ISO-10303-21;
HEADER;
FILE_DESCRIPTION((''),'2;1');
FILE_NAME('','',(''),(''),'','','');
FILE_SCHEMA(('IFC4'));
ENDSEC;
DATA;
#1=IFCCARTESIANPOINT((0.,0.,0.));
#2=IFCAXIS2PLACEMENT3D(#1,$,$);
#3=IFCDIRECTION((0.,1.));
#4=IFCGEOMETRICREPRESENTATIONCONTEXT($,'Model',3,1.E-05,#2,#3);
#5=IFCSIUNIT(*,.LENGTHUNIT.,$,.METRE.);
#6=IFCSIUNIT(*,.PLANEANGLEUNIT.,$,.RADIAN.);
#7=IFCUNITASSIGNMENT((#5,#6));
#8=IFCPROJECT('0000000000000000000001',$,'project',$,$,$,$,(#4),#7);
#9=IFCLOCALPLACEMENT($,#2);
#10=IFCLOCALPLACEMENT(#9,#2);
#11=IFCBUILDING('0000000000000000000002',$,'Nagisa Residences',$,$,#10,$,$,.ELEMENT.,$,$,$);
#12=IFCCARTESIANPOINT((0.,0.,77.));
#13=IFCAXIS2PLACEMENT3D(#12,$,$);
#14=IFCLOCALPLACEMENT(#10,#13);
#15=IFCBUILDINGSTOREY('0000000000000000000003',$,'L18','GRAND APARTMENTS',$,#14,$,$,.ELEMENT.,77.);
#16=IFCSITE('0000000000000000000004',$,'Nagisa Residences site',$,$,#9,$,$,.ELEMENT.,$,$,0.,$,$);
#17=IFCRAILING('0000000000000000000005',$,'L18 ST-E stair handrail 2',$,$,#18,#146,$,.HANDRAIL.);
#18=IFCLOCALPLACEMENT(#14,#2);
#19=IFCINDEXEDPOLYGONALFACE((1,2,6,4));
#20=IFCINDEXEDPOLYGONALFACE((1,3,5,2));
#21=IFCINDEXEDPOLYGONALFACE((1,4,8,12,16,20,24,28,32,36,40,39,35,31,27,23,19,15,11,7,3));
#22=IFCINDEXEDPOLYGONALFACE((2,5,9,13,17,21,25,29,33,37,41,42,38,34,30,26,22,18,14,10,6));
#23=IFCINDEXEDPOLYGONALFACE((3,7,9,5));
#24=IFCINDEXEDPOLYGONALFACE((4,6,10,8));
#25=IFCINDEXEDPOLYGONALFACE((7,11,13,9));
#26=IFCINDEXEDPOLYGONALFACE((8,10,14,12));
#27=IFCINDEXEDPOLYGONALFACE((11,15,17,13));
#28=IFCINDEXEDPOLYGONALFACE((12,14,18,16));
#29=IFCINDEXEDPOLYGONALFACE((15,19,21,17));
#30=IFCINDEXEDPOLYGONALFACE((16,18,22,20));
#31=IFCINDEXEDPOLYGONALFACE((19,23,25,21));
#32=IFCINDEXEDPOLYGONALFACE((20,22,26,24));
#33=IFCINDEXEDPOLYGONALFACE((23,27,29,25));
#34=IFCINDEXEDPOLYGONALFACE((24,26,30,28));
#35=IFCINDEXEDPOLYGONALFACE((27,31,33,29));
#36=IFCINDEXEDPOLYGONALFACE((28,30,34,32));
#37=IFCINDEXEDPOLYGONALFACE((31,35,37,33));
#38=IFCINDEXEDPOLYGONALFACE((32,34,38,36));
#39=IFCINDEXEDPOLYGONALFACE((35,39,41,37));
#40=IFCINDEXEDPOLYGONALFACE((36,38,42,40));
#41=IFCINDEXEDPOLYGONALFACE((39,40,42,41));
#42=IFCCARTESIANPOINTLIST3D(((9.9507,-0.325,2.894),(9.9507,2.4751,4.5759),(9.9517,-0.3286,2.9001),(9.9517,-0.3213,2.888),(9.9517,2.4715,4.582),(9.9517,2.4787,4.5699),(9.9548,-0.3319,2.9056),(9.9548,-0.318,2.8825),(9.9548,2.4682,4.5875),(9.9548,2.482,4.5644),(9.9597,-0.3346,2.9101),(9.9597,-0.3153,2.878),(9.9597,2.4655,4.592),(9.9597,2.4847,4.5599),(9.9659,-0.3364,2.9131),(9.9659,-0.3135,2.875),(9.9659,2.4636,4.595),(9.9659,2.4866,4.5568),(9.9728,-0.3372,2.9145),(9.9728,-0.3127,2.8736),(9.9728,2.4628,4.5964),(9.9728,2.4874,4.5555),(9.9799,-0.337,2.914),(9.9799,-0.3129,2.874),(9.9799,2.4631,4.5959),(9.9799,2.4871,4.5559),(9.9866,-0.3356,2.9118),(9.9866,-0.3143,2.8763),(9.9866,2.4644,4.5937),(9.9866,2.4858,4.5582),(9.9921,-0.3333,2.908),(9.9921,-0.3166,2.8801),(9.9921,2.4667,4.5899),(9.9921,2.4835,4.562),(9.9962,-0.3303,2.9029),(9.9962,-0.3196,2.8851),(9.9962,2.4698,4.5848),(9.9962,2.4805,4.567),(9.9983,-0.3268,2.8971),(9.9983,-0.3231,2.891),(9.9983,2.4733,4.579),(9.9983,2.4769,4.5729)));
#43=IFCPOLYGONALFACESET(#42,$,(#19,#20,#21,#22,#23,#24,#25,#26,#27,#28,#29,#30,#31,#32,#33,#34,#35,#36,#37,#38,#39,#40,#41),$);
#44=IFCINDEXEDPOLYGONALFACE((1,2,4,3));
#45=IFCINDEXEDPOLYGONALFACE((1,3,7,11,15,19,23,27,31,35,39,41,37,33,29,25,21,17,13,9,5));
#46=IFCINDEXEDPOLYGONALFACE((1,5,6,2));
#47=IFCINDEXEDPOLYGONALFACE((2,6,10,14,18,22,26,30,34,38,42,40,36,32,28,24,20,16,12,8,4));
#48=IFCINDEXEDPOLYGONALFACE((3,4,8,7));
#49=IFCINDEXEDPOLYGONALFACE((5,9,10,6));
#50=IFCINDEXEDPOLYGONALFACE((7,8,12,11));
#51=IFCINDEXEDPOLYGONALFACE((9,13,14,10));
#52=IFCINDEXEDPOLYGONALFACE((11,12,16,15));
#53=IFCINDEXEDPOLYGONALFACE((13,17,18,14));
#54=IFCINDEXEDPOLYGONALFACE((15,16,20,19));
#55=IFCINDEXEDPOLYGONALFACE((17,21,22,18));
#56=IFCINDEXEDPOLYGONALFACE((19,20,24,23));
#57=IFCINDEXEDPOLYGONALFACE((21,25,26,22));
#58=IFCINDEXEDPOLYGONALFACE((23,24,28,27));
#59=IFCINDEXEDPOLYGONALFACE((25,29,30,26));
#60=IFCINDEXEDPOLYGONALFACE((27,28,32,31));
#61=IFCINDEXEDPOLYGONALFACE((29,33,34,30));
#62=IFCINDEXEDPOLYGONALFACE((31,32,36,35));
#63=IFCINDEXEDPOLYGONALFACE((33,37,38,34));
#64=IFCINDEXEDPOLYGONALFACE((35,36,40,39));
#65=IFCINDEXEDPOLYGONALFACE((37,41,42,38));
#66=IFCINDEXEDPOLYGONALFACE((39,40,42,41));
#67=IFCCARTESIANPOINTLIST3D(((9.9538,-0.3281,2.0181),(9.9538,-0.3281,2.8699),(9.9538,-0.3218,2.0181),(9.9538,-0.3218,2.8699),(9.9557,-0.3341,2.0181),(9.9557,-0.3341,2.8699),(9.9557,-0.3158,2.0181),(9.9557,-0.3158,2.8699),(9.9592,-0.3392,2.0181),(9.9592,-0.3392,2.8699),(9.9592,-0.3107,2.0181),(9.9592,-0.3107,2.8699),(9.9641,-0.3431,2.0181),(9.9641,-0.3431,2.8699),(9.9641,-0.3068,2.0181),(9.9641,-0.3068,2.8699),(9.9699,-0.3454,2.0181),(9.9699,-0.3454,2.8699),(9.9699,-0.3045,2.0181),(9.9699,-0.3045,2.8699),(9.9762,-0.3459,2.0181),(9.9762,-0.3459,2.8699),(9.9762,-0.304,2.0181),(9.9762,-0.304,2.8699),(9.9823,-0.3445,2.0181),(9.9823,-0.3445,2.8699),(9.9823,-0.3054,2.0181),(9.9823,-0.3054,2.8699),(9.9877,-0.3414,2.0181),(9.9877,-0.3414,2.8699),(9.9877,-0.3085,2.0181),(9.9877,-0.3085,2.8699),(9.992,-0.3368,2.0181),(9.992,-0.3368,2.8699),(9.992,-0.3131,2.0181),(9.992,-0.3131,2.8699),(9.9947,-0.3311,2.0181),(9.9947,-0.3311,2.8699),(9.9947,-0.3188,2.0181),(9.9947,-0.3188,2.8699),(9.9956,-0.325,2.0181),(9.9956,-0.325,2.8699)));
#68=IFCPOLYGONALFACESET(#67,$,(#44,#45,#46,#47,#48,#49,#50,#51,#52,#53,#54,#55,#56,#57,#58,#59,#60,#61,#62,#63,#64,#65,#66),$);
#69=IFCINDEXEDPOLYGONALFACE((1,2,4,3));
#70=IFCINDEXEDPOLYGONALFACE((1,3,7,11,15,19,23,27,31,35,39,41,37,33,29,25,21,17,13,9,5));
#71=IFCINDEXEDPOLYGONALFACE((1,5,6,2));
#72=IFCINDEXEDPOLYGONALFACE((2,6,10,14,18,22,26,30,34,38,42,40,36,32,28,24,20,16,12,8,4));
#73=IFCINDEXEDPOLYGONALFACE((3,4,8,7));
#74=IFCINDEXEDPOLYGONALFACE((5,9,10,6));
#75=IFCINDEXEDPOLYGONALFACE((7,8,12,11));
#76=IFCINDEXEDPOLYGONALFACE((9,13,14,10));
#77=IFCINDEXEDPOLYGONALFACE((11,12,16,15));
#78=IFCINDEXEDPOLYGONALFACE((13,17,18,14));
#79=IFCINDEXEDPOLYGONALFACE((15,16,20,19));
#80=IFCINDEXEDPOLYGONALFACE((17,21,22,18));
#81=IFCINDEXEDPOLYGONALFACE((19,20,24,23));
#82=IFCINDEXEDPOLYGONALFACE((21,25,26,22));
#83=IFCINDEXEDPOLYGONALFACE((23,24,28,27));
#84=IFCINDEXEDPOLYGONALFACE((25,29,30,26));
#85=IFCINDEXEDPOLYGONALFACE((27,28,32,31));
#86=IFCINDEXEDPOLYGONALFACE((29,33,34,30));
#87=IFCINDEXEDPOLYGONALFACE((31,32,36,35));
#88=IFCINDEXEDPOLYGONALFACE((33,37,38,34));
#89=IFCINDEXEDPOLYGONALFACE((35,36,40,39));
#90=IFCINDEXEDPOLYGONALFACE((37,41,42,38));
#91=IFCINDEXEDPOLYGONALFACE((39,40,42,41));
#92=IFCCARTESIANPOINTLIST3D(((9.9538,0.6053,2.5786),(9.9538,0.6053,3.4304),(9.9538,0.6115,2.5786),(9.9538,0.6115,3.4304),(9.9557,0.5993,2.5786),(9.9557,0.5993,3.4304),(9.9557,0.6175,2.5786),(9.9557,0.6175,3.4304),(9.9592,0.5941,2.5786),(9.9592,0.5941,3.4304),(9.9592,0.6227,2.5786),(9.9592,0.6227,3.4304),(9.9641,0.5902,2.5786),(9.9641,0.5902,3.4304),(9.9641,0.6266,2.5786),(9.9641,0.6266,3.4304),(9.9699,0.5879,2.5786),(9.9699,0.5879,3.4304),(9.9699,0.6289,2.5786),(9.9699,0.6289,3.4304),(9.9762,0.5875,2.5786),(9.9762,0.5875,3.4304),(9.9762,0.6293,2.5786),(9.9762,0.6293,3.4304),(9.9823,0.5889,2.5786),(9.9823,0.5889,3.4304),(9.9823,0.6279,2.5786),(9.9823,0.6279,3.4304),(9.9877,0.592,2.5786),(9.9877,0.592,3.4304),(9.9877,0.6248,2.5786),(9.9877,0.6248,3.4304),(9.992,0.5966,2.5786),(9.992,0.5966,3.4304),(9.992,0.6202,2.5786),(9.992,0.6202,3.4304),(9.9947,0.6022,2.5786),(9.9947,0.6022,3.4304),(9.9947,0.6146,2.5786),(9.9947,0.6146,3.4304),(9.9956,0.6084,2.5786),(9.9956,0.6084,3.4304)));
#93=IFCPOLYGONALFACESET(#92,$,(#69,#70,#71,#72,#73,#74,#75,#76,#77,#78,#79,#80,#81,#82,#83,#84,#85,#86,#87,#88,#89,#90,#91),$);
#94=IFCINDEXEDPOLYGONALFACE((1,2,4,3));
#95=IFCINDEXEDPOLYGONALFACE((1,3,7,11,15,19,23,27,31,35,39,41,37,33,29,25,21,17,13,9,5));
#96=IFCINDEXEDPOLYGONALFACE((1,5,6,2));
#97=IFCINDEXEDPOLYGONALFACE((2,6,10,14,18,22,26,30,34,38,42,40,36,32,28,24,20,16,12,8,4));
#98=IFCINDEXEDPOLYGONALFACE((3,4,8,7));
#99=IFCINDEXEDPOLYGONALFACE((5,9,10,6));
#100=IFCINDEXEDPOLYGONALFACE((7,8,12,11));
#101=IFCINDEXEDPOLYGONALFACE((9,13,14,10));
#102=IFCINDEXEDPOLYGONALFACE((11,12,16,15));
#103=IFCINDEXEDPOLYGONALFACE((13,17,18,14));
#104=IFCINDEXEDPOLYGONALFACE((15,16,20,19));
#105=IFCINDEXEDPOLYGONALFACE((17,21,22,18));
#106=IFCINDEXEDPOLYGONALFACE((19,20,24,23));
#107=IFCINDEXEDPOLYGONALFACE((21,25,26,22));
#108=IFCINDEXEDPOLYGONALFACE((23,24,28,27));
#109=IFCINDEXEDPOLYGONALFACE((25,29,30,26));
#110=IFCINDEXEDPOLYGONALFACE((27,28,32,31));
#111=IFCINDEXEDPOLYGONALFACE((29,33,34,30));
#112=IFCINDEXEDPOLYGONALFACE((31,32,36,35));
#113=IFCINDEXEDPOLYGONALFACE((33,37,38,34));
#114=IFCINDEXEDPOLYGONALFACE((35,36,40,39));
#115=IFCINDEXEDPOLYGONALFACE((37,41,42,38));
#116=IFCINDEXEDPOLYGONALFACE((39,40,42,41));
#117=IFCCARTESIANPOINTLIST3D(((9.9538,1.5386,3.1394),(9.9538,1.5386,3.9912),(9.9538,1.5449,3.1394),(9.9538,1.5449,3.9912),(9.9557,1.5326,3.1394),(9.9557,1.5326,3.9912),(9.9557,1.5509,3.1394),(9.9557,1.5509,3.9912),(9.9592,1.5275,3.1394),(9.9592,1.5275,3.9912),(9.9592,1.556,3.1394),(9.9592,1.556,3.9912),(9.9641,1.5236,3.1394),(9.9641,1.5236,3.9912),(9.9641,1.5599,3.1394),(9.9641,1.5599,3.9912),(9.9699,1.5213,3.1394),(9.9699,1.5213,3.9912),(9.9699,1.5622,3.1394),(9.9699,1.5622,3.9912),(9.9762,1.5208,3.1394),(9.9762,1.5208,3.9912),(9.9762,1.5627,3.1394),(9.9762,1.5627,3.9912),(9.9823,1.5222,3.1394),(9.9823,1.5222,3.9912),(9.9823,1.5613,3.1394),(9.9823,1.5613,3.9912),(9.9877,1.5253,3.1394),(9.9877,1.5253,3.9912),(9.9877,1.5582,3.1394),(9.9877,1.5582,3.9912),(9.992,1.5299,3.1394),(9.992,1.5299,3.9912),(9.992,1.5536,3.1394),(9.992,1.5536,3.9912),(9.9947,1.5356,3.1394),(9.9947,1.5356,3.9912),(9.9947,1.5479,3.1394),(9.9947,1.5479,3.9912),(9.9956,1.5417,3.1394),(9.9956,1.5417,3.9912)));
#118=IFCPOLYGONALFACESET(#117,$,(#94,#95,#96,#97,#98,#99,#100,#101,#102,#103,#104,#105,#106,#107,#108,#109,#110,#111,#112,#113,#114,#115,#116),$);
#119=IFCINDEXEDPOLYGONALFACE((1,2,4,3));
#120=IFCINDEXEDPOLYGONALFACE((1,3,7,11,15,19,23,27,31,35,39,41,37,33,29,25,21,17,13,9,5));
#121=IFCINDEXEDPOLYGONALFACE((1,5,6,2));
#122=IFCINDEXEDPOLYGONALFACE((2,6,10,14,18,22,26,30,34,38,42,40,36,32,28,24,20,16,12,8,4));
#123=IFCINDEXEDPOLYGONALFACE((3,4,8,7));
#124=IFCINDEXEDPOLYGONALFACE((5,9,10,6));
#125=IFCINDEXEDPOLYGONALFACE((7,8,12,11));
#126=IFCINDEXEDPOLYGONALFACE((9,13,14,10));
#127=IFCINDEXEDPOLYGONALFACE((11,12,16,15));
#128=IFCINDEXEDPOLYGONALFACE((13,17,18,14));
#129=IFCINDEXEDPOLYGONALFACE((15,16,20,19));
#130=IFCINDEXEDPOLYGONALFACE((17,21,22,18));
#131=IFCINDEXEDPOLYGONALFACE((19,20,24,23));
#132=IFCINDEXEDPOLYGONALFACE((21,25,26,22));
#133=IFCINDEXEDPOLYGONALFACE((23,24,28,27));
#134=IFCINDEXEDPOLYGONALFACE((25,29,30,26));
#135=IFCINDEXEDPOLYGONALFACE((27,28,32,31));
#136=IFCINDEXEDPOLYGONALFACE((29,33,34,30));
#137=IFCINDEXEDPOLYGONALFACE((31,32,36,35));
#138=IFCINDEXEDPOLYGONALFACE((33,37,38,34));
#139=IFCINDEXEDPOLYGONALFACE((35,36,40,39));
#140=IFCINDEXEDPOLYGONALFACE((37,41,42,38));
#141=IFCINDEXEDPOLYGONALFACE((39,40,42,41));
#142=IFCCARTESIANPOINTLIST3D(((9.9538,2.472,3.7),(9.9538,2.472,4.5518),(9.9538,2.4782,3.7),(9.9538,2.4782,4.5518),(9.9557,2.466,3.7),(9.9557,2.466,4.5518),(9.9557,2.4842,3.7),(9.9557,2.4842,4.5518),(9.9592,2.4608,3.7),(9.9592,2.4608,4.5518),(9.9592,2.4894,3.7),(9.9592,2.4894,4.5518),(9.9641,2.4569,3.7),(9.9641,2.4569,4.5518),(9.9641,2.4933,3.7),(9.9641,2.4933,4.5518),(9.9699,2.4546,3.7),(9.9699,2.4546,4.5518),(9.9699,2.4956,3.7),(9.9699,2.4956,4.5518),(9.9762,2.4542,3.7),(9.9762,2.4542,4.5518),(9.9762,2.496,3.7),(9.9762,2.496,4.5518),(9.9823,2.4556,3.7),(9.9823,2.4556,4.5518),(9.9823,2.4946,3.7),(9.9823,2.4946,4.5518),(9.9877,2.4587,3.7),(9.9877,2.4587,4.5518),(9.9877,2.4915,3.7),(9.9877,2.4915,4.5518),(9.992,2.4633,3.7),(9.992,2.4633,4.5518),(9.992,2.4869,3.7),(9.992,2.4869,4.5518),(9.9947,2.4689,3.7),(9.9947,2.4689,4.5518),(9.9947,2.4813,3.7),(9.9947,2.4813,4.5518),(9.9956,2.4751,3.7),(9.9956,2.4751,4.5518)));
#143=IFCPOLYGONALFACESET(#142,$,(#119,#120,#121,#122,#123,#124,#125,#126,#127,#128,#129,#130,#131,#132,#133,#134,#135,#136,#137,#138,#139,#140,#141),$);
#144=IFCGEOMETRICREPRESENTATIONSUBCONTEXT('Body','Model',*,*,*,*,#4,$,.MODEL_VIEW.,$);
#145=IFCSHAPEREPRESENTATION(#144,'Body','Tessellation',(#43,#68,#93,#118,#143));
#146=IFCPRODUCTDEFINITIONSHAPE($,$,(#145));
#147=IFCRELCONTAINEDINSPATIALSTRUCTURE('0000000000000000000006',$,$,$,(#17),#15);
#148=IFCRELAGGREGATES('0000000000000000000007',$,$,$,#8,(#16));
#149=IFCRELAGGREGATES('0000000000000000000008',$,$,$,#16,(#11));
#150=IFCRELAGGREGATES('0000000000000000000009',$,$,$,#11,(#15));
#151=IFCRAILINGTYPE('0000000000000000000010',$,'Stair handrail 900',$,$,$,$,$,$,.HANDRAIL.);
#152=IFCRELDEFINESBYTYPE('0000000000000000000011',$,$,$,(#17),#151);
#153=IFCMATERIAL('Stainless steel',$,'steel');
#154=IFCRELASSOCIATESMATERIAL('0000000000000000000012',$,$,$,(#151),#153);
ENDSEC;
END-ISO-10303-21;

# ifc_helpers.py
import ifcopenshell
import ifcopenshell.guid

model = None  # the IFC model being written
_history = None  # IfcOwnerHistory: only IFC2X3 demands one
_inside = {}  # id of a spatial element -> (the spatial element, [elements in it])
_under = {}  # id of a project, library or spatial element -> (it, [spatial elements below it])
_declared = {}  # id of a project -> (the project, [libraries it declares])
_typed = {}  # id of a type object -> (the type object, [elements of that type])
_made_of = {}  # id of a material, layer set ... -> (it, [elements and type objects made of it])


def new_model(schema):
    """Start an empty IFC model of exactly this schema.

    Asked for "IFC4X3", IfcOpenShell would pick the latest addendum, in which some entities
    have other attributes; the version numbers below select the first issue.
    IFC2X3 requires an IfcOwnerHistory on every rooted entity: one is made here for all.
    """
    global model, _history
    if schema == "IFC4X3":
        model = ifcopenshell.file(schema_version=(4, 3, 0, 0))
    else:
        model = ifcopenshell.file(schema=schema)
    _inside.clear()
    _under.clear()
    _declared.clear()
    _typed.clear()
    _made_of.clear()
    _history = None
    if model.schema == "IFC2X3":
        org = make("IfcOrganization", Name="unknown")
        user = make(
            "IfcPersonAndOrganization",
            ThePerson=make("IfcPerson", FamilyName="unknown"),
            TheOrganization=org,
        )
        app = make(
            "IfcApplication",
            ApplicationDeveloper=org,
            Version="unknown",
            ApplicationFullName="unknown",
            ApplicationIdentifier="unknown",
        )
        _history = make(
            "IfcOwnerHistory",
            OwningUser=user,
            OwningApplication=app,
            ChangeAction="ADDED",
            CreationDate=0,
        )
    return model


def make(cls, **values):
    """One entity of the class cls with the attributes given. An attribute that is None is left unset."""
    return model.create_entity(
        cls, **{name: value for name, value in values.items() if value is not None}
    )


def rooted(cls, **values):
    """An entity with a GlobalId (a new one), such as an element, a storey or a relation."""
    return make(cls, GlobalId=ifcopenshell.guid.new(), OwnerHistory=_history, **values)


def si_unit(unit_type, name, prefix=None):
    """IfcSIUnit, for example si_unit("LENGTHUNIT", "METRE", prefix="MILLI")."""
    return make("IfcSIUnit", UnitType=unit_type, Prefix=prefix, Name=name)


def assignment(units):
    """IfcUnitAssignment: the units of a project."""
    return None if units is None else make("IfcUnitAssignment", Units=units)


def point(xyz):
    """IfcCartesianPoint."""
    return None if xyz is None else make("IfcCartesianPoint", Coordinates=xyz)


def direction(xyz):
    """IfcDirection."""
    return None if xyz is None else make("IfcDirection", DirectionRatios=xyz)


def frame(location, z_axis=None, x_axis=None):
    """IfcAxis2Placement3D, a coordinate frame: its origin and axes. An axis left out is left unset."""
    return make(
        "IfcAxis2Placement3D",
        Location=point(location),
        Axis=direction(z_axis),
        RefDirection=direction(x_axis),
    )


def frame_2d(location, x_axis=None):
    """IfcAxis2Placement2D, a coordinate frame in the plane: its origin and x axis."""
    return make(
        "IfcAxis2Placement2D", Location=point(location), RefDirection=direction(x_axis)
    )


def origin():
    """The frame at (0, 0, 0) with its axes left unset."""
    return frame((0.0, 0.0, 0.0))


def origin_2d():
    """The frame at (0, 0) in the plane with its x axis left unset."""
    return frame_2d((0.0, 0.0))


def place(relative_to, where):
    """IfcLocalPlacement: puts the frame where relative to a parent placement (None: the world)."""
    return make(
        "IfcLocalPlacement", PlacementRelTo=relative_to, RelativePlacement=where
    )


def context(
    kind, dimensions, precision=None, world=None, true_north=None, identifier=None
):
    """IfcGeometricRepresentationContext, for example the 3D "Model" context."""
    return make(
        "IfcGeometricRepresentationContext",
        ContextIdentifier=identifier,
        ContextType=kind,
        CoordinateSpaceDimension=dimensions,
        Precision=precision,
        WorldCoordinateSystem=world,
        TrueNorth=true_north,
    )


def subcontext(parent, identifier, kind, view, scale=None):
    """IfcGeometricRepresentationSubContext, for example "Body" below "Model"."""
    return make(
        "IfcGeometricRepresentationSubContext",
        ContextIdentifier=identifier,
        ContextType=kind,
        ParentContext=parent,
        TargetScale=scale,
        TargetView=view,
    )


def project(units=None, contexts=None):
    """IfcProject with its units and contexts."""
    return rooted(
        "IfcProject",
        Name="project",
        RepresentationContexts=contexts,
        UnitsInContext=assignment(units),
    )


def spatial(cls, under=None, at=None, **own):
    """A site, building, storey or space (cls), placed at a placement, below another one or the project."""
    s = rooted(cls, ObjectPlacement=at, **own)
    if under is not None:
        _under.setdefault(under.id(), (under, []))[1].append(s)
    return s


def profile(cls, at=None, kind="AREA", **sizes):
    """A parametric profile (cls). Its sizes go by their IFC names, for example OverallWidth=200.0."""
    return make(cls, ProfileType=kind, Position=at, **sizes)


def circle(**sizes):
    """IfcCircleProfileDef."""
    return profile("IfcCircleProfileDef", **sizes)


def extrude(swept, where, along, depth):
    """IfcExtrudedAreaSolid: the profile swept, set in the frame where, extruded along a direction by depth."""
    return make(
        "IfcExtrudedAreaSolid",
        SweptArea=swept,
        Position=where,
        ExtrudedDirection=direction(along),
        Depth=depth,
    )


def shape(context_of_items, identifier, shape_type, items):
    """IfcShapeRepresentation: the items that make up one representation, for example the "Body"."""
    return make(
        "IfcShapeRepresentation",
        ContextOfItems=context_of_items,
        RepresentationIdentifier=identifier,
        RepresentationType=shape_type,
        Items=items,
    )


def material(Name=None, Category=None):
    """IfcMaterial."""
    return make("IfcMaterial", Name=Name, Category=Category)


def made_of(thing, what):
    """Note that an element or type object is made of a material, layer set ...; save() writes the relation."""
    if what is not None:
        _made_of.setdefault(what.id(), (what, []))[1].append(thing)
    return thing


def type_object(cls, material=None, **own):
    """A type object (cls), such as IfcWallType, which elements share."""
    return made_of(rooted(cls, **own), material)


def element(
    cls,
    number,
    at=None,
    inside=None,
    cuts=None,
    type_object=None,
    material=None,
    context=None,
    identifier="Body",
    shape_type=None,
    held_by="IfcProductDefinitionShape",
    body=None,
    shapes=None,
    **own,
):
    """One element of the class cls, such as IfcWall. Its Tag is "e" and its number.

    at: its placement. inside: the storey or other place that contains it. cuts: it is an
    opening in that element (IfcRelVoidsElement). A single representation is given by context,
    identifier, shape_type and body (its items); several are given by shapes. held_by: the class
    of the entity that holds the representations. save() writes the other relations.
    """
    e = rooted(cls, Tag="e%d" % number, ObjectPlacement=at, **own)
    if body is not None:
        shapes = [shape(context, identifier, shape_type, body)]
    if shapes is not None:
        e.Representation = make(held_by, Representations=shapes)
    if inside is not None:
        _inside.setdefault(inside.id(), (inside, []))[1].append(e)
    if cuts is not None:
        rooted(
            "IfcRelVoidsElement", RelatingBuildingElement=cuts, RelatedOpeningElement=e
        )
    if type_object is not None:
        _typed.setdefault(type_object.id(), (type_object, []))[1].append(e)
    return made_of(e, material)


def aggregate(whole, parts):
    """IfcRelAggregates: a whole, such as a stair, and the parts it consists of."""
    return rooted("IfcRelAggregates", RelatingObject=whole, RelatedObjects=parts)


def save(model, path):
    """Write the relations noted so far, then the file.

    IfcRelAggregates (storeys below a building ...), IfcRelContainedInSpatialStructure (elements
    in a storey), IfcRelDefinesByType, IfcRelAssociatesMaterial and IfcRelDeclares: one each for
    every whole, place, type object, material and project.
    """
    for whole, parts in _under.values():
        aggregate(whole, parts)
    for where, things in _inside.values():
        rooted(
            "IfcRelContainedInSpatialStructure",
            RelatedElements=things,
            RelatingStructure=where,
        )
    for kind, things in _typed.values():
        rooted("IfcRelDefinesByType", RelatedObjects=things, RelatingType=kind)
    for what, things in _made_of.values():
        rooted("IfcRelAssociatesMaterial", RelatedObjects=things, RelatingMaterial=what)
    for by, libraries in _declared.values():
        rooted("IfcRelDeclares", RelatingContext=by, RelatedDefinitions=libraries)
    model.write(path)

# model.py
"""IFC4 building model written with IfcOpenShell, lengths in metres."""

from ifc_helpers import new_model, si_unit, direction, frame, origin, origin_2d, place, context, subcontext, project, spatial, circle, extrude, material, type_object, element, save


model = new_model("IFC4")

# Units and contexts
model_context = context("Model", 3, precision=1e-05, world=origin(), true_north=direction((0.0, 1.0)))
body_context = subcontext(model_context, "Body", "Model", "MODEL_VIEW")
ifc_project = project(units=[si_unit("LENGTHUNIT", "METRE"), si_unit("PLANEANGLEUNIT", "RADIAN")], contexts=[model_context])

# Site, building, storey
site_placement = place(None, origin())
site = spatial("IfcSite", under=ifc_project, at=site_placement, Name="Nagisa Residences site", CompositionType="ELEMENT", RefElevation=0.0)
building_placement = place(site_placement, origin())
building = spatial("IfcBuilding", under=site, at=building_placement, Name="Nagisa Residences", CompositionType="ELEMENT")
storey_placement = place(building_placement, frame((0.0, 0.0, 77.0)))
storey = spatial("IfcBuildingStorey", under=building, at=storey_placement, Name="L18", Description="GRAND APARTMENTS", CompositionType="ELEMENT", Elevation=77.0)

# Railing
ifc_material_1 = material(Name="Stainless steel", Category="steel")
railing_type_1 = type_object("IfcRailingType", Name="Stair handrail 900", PredefinedType="HANDRAIL", material=ifc_material_1)
railing_1_placement = place(storey_placement, frame((9.9746, -0.325, 2.0181)))
element("IfcRailing", 1, at=railing_1_placement, inside=storey, type_object=railing_type_1, Name="L18 ST-E stair handrail 2", PredefinedType="HANDRAIL", context=body_context, shape_type="SweptSolid", body=[
    extrude(circle(Radius=0.0239, at=origin_2d()), frame((0.0, 0.0, 0.876), z_axis=(0.0, 0.857242, 0.514913), x_axis=(-1.0, 0.0, 0.0)), (0.0, 0.0, 1.0), 3.2664),
    extrude(circle(Radius=0.021, at=origin_2d()), origin(), (0.0, 0.0, 1.0), 0.8518),
    extrude(circle(Radius=0.021, at=origin_2d()), frame((0.0, 0.9333, 0.5605)), (0.0, 0.0, 1.0), 0.8518),
    extrude(circle(Radius=0.021, at=origin_2d()), frame((0.0, 1.8667, 1.1213)), (0.0, 0.0, 1.0), 0.8518),
    extrude(circle(Radius=0.021, at=origin_2d()), frame((0.0, 2.8, 1.6819)), (0.0, 0.0, 1.0), 0.8518),
])

save(model, "model.ifc")
